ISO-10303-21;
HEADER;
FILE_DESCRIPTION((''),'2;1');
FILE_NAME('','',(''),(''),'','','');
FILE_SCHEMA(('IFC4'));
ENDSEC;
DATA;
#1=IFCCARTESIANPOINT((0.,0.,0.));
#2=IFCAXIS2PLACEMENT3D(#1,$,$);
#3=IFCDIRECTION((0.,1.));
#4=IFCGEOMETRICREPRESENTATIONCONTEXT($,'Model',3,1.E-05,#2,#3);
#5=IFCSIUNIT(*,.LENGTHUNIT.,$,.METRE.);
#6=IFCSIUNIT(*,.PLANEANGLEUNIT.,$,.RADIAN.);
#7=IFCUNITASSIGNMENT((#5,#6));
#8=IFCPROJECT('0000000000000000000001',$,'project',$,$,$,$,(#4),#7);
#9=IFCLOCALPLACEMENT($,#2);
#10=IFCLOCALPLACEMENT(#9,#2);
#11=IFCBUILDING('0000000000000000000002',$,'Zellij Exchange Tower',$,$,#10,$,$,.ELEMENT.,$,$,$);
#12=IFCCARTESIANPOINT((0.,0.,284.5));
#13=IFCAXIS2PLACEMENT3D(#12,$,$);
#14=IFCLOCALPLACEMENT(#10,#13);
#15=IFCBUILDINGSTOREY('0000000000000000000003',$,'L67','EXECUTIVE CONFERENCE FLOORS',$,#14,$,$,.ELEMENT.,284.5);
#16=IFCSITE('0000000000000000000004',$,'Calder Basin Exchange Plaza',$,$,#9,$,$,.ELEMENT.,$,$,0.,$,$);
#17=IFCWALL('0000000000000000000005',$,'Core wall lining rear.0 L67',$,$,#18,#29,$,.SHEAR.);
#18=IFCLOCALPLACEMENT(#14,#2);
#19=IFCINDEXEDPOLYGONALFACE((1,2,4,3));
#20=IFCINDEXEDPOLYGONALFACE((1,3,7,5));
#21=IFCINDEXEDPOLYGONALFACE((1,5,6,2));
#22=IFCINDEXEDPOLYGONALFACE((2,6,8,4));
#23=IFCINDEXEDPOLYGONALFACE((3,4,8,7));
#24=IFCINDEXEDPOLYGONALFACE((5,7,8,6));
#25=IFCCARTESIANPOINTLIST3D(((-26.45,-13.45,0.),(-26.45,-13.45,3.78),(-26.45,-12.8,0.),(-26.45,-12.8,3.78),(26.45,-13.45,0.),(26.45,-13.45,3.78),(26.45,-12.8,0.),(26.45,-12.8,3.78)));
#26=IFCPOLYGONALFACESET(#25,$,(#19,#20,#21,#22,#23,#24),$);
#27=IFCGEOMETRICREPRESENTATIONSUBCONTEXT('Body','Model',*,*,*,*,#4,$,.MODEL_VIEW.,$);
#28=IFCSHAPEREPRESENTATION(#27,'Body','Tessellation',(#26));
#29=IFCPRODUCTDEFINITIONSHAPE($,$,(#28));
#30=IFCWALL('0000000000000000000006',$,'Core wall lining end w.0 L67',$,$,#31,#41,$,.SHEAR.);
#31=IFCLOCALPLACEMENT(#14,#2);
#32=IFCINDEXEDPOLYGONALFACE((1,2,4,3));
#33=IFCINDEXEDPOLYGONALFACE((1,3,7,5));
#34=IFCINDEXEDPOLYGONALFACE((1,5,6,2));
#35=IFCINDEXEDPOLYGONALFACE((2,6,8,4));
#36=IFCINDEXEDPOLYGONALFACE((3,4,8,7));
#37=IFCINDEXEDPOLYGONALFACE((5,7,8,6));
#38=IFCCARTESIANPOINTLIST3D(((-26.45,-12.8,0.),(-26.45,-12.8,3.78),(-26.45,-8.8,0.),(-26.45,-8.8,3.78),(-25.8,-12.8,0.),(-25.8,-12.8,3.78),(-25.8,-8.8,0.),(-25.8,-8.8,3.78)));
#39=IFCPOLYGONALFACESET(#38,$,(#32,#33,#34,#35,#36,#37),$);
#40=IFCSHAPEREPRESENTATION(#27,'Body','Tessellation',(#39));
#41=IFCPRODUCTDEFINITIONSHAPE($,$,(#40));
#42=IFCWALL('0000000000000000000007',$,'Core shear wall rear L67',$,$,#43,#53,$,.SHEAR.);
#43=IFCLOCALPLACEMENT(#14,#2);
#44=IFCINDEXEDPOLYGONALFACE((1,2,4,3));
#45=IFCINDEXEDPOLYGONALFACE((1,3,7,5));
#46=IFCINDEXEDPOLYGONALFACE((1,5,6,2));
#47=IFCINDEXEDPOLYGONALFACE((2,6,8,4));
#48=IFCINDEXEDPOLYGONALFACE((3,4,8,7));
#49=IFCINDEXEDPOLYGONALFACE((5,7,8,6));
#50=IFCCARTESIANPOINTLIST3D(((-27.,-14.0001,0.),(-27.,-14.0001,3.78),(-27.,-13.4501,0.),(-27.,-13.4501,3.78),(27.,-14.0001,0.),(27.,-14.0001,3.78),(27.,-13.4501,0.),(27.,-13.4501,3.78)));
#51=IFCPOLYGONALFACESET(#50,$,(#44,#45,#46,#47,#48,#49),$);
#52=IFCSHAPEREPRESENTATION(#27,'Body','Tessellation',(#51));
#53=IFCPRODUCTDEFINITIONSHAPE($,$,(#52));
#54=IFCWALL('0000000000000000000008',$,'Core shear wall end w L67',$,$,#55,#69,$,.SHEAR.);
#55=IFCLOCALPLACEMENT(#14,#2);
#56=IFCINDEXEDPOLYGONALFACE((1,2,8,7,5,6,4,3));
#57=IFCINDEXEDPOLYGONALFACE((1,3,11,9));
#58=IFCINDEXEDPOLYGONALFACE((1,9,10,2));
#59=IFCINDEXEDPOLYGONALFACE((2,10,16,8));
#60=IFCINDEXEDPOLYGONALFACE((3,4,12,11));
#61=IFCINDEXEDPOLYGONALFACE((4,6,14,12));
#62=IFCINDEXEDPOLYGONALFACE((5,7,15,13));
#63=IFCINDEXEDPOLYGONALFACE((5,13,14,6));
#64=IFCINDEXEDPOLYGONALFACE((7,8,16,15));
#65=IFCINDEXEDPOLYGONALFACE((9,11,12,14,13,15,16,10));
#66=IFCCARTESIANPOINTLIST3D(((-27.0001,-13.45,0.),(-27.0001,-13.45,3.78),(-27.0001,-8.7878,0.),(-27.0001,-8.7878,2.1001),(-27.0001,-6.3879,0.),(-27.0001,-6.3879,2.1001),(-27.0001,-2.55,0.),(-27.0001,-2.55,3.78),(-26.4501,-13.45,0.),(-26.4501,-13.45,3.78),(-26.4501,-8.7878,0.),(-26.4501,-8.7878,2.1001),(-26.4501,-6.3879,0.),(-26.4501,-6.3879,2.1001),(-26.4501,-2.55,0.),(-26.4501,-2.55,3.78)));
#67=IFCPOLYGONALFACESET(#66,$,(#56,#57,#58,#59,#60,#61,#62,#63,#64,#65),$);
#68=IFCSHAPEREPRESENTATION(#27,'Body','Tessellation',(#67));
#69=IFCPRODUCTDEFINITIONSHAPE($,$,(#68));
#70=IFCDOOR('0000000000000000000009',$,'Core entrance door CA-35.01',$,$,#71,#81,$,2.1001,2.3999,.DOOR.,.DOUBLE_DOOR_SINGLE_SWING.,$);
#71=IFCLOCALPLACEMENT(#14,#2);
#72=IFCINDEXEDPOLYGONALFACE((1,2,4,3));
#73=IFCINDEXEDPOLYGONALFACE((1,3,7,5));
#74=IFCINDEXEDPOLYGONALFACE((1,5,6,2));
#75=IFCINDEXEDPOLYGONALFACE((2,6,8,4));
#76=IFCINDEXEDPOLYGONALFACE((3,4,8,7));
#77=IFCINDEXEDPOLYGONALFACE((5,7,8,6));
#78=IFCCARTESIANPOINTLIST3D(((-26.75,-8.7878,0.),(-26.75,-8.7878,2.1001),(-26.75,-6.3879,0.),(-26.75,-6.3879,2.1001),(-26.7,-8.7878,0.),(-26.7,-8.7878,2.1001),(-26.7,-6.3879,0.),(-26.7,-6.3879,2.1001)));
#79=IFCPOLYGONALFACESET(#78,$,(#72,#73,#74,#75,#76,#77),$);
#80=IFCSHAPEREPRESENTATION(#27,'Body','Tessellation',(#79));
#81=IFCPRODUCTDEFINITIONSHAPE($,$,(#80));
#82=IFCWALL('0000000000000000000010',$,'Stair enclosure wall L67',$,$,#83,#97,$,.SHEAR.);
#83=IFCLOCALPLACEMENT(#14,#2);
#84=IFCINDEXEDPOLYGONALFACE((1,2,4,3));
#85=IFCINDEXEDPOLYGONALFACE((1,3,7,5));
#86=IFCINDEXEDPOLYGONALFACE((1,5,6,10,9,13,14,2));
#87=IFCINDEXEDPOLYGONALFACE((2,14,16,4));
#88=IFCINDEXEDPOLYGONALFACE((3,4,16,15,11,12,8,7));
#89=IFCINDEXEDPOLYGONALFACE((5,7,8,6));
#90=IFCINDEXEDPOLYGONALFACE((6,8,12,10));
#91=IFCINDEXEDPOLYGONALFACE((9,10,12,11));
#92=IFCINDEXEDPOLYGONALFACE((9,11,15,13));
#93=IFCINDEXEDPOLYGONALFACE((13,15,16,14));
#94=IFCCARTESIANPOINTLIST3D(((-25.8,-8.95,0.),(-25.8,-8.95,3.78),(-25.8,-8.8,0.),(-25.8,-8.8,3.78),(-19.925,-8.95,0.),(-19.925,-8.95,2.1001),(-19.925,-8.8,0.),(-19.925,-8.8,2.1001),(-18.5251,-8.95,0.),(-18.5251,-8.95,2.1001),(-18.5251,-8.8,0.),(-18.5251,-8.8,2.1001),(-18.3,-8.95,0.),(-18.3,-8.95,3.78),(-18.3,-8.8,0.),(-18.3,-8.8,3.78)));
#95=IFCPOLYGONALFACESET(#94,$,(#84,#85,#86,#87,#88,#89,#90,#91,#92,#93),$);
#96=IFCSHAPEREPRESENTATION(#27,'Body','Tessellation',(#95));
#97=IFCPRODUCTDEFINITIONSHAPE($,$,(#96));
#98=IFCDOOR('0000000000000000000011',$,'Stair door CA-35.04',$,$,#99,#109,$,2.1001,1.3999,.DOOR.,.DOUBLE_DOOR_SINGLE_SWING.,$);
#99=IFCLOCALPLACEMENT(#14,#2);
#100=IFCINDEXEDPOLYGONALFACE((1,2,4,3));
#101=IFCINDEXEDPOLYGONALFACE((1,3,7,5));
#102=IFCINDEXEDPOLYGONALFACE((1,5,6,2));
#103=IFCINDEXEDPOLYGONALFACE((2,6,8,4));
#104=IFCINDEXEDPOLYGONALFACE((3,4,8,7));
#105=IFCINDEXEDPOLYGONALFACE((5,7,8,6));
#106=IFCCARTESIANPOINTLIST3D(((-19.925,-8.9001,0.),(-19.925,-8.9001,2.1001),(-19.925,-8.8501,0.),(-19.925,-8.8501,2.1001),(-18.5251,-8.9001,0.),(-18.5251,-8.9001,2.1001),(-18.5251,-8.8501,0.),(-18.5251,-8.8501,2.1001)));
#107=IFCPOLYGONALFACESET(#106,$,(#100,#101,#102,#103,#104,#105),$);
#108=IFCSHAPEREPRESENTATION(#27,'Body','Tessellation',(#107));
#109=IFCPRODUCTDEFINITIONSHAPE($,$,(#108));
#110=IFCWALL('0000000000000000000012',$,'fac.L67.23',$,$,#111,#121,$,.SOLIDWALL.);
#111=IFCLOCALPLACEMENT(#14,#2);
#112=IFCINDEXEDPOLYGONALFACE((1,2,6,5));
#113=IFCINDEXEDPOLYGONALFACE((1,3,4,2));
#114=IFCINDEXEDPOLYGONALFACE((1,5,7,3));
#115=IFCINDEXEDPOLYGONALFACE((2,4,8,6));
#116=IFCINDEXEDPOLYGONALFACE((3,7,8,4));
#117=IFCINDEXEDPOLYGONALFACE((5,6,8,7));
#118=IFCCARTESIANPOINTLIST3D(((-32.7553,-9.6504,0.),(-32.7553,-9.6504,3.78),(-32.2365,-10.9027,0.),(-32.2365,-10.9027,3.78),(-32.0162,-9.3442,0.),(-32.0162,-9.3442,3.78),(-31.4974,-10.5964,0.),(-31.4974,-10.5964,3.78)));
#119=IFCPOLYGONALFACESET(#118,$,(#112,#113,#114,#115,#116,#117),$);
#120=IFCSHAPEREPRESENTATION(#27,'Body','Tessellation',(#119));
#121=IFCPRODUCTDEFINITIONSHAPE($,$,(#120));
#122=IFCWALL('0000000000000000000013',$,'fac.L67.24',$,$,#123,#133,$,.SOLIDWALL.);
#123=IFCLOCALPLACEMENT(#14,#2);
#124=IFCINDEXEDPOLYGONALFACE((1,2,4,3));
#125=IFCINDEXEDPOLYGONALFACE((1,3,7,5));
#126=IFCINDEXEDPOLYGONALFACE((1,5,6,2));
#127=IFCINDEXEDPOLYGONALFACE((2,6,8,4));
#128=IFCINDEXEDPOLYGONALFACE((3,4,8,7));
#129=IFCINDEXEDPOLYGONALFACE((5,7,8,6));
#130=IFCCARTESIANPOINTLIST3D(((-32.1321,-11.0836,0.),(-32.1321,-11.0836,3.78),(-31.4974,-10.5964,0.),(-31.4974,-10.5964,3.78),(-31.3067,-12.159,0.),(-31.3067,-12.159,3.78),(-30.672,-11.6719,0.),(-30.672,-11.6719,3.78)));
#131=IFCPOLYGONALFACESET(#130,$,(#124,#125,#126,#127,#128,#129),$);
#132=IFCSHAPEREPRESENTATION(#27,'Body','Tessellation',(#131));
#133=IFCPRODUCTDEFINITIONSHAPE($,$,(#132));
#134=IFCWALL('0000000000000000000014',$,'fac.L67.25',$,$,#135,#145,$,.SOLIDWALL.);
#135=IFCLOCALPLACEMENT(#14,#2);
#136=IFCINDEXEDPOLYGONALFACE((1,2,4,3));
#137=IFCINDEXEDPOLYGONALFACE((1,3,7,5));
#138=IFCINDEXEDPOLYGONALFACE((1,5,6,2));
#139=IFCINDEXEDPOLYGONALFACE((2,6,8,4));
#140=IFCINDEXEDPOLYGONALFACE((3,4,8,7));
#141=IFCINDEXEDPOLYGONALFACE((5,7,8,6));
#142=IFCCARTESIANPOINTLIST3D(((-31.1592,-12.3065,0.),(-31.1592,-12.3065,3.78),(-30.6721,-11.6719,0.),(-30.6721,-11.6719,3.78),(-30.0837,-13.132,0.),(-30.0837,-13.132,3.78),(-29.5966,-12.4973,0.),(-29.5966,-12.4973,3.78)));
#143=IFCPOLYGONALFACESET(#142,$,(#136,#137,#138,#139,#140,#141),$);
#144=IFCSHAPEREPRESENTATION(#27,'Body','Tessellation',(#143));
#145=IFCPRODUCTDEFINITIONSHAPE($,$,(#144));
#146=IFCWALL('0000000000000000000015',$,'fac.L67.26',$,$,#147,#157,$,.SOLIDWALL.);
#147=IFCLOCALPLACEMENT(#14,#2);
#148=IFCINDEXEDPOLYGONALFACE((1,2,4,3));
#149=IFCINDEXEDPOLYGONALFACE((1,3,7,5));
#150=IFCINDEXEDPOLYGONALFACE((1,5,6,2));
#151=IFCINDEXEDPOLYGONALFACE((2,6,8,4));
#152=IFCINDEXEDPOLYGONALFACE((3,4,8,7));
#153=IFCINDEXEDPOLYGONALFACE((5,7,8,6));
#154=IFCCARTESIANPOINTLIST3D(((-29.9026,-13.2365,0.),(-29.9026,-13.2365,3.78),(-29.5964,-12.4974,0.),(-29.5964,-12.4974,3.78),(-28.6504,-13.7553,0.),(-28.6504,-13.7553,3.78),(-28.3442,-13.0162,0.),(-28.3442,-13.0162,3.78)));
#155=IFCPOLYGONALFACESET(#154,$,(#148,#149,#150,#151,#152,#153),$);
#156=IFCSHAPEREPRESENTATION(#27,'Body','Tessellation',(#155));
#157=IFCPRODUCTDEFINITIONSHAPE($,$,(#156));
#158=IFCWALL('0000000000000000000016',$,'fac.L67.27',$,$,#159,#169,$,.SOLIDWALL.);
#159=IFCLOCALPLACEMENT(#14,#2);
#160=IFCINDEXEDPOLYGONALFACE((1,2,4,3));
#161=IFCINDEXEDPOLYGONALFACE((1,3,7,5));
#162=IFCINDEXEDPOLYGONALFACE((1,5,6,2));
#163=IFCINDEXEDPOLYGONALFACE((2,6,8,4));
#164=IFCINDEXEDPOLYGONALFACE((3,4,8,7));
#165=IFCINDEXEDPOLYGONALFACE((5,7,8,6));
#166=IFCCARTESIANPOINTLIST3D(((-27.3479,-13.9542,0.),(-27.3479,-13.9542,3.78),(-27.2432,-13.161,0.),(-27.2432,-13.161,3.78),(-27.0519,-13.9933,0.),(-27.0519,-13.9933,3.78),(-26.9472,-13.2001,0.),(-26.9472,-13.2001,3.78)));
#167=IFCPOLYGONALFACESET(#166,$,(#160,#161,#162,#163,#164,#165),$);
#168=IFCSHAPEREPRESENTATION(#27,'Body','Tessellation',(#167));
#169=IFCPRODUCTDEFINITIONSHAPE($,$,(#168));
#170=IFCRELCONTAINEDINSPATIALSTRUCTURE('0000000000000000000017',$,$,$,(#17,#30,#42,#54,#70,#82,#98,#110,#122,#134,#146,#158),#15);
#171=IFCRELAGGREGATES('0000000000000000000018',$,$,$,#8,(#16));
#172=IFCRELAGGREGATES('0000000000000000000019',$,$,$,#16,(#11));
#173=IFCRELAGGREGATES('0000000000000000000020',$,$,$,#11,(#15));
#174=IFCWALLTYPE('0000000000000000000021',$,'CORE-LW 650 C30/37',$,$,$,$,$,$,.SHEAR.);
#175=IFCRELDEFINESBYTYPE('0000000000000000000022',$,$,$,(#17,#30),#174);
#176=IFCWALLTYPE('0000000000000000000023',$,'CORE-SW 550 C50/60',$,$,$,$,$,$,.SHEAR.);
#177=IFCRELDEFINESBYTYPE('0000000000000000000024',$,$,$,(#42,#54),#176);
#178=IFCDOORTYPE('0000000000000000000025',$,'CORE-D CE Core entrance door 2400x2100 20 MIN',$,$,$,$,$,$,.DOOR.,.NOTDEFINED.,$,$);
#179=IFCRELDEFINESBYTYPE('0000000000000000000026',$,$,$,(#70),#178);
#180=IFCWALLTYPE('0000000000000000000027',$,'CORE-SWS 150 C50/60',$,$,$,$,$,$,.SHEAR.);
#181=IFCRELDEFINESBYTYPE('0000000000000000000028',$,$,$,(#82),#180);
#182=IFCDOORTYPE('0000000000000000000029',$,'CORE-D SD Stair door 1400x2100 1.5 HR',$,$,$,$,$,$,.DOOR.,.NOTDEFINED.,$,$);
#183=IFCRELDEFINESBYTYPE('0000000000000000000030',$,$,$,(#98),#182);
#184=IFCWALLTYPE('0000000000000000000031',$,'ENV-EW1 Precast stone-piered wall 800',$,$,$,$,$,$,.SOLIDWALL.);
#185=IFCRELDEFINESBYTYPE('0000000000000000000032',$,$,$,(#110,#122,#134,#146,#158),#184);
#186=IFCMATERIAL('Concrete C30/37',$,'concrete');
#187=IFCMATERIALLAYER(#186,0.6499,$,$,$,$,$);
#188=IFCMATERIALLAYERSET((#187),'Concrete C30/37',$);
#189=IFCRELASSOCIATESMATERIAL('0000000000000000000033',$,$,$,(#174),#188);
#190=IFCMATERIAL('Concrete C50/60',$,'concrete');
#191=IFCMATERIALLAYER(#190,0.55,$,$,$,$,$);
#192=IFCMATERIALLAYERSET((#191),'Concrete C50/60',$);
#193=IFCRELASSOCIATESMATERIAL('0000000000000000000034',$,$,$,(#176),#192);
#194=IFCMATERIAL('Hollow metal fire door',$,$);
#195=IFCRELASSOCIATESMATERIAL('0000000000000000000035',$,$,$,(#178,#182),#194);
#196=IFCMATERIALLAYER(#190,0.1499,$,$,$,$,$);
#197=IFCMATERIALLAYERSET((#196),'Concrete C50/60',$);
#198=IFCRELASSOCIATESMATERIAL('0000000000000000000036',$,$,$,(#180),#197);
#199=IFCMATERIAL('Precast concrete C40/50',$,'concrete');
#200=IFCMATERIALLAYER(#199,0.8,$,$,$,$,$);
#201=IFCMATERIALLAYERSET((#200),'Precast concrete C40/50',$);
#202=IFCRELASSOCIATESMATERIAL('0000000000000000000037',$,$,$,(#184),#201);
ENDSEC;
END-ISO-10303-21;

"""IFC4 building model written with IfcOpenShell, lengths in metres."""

from ifc_helpers import new_model, si_unit, direction, frame, frame_2d, origin, place, context, subcontext, project, spatial, rectangle, extrude, material, layer, layer_set, type_object, element, fill, save


model = new_model("IFC4")

# Units and contexts
model_context = context("Model", 3, precision=1e-05, world=origin(), true_north=direction((0.0, 1.0)))
body_context = subcontext(model_context, "Body", "Model", "MODEL_VIEW")
ifc_project = project(units=[si_unit("LENGTHUNIT", "METRE"), si_unit("PLANEANGLEUNIT", "RADIAN")], contexts=[model_context])

# Site, building, storey
site_placement = place(None, origin())
site = spatial("IfcSite", under=ifc_project, at=site_placement, Name="Calder Basin Exchange Plaza", CompositionType="ELEMENT", RefElevation=0.0)
building_placement = place(site_placement, origin())
building = spatial("IfcBuilding", under=site, at=building_placement, Name="Zellij Exchange Tower", CompositionType="ELEMENT")
storey_placement = place(building_placement, frame((0.0, 0.0, 284.5)))
storey = spatial("IfcBuildingStorey", under=building, at=storey_placement, Name="L67", Description="EXECUTIVE CONFERENCE FLOORS", CompositionType="ELEMENT", Elevation=284.5)

# Shared definitions
ifc_material_1 = material(Name="Concrete C50/60", Category="concrete")

# Walls
ifc_material_2 = material(Name="Concrete C30/37", Category="concrete")
ifc_layer_1 = layer(ifc_material_2, 0.6499)
ifc_layer_set_1 = layer_set([ifc_layer_1], Name="Concrete C30/37")
wall_type_1 = type_object("IfcWallType", Name="CORE-LW 650 C30/37", PredefinedType="SHEAR", material=ifc_layer_set_1)
wall_1_placement = place(storey_placement, frame((-26.45, -13.125, 0.0), z_axis=(0.0, 0.0, 1.0), x_axis=(1.0, 0.0, 0.0)))
element("IfcWall", 1, at=wall_1_placement, inside=storey, type_object=wall_type_1, Name="Core wall lining rear.0 L67", PredefinedType="SHEAR", context=body_context, shape_type="SweptSolid", body=[
    extrude(rectangle(XDim=52.8999, YDim=0.6499, at=frame_2d((26.45, 0.0))), origin(), (0.0, 0.0, 1.0), 3.78),
])
wall_2_placement = place(storey_placement, frame((-26.125, -12.8, 0.0), z_axis=(0.0, 0.0, 1.0), x_axis=(0.0, 1.0, 0.0)))
element("IfcWall", 2, at=wall_2_placement, inside=storey, type_object=wall_type_1, Name="Core wall lining end w.0 L67", PredefinedType="SHEAR", context=body_context, shape_type="SweptSolid", body=[
    extrude(rectangle(XDim=4.0, YDim=0.6499, at=frame_2d((2.0, 0.0))), origin(), (0.0, 0.0, 1.0), 3.78),
])
ifc_layer_2 = layer(ifc_material_1, 0.55)
ifc_layer_set_2 = layer_set([ifc_layer_2], Name="Concrete C50/60")
wall_type_2 = type_object("IfcWallType", Name="CORE-SW 550 C50/60", PredefinedType="SHEAR", material=ifc_layer_set_2)
wall_3_placement = place(storey_placement, frame((-27.0, -13.7251, 0.0), z_axis=(0.0, 0.0, 1.0), x_axis=(1.0, 0.0, 0.0)))
element("IfcWall", 3, at=wall_3_placement, inside=storey, type_object=wall_type_2, Name="Core shear wall rear L67", PredefinedType="SHEAR", context=body_context, shape_type="SweptSolid", body=[
    extrude(rectangle(XDim=54.0, YDim=0.55, at=frame_2d((27.0, 0.0))), origin(), (0.0, 0.0, 1.0), 3.78),
])

# Walls, openings, doors
wall_4_placement = place(storey_placement, frame((-26.7251, -13.45, 0.0), z_axis=(0.0, 0.0, 1.0), x_axis=(0.0, 1.0, 0.0)))
wall_4 = element("IfcWall", 4, at=wall_4_placement, inside=storey, type_object=wall_type_2, Name="Core shear wall end w L67", PredefinedType="SHEAR", context=body_context, shape_type="SweptSolid", body=[
    extrude(rectangle(XDim=10.8999, YDim=0.55, at=frame_2d((5.45, 0.0))), origin(), (0.0, 0.0, 1.0), 3.78),
])
opening_1_placement = place(wall_4_placement, frame((4.6621, 0.0, 0.0)))
opening_1 = element("IfcOpeningElement", 5, at=opening_1_placement, cuts=wall_4, PredefinedType="OPENING", context=body_context, shape_type="SweptSolid", body=[
    extrude(rectangle(XDim=2.3999, YDim=2.1001, at=frame_2d((1.2, 1.05))), frame((0.0, 0.2871, 0.0), z_axis=(0.0, -1.0, 0.0), x_axis=(1.0, 0.0, 0.0)), (0.0, 0.0, 1.0), 0.574),
])
ifc_material_3 = material(Name="Hollow metal fire door")
door_type_1 = type_object("IfcDoorType", Name="CORE-D CE Core entrance door 2400x2100 20 MIN", OperationType="NOTDEFINED", PredefinedType="DOOR", material=ifc_material_3)
door_1_placement = place(opening_1_placement, origin())
door_1 = element("IfcDoor", 6, at=door_1_placement, inside=storey, type_object=door_type_1, Name="Core entrance door CA-35.01", OperationType="DOUBLE_DOOR_SINGLE_SWING", OverallHeight=2.1001, OverallWidth=2.3999, PredefinedType="DOOR", context=body_context, shape_type="SweptSolid", body=[
    extrude(rectangle(XDim=2.3999, YDim=2.1001, at=frame_2d((1.2, 1.05))), frame((0.0, 0.0249, 0.0), z_axis=(0.0, -1.0, 0.0), x_axis=(1.0, 0.0, 0.0)), (0.0, 0.0, 1.0), 0.05),
])
fill(opening_1, door_1)
ifc_layer_3 = layer(ifc_material_1, 0.1499)
ifc_layer_set_3 = layer_set([ifc_layer_3], Name="Concrete C50/60")
wall_type_3 = type_object("IfcWallType", Name="CORE-SWS 150 C50/60", PredefinedType="SHEAR", material=ifc_layer_set_3)
wall_5_placement = place(storey_placement, frame((-25.8, -8.875, 0.0), z_axis=(0.0, 0.0, 1.0), x_axis=(1.0, 0.0, 0.0)))
wall_5 = element("IfcWall", 7, at=wall_5_placement, inside=storey, type_object=wall_type_3, Name="Stair enclosure wall L67", PredefinedType="SHEAR", context=body_context, shape_type="SweptSolid", body=[
    extrude(rectangle(XDim=7.5, YDim=0.1499, at=frame_2d((3.75, 0.0))), origin(), (0.0, 0.0, 1.0), 3.78),
])
opening_2_placement = place(wall_5_placement, frame((5.875, 0.0, 0.0)))
opening_2 = element("IfcOpeningElement", 8, at=opening_2_placement, cuts=wall_5, PredefinedType="OPENING", context=body_context, shape_type="SweptSolid", body=[
    extrude(rectangle(XDim=1.3999, YDim=2.1001, at=frame_2d((0.7, 1.05))), frame((0.0, 0.0869, 0.0), z_axis=(0.0, -1.0, 0.0), x_axis=(1.0, 0.0, 0.0)), (0.0, 0.0, 1.0), 0.1738),
])
door_type_2 = type_object("IfcDoorType", Name="CORE-D SD Stair door 1400x2100 1.5 HR", OperationType="NOTDEFINED", PredefinedType="DOOR", material=ifc_material_3)
door_2_placement = place(opening_2_placement, origin())
door_2 = element("IfcDoor", 9, at=door_2_placement, inside=storey, type_object=door_type_2, Name="Stair door CA-35.04", OperationType="DOUBLE_DOOR_SINGLE_SWING", OverallHeight=2.1001, OverallWidth=1.3999, PredefinedType="DOOR", context=body_context, shape_type="SweptSolid", body=[
    extrude(rectangle(XDim=1.3999, YDim=2.1001, at=frame_2d((0.7, 1.05))), frame((0.0, 0.0249, 0.0), z_axis=(0.0, -1.0, 0.0), x_axis=(1.0, 0.0, 0.0)), (0.0, 0.0, 1.0), 0.05),
])
fill(opening_2, door_2)

# Walls
ifc_material_4 = material(Name="Precast concrete C40/50", Category="concrete")
ifc_layer_4 = layer(ifc_material_4, 0.8)
ifc_layer_set_4 = layer_set([ifc_layer_4], Name="Precast concrete C40/50")
wall_type_4 = type_object("IfcWallType", Name="ENV-EW1 Precast stone-piered wall 800", PredefinedType="SOLIDWALL", material=ifc_layer_set_4)
wall_6_placement = place(storey_placement, frame((-32.3857, -9.4973, 0.0), z_axis=(0.0, 0.0, 1.0), x_axis=(0.38276, -0.923848, 0.0)))
element("IfcWall", 10, at=wall_6_placement, inside=storey, type_object=wall_type_4, Name="fac.L67.23", PredefinedType="SOLIDWALL", context=body_context, shape_type="SweptSolid", body=[
    extrude(rectangle(XDim=1.3555, YDim=0.8, at=frame_2d((0.6777, 0.0))), origin(), (0.0, 0.0, 1.0), 3.78),
])
for number, where, z_axis, x_axis, name in (
    (11, (-31.8147, -10.8401, 0.0), (0.0, 0.0, 1.0), (0.608866, -0.793273, 0.0), "fac.L67.24"),
    (12, (-30.9155, -11.9893, 0.0), (0.0, 0.0, 1.0), (0.793273, -0.608866, 0.0), "fac.L67.25"),
):
    element("IfcWall", number, at=place(storey_placement, frame(where, z_axis=z_axis, x_axis=x_axis)), inside=storey, type_object=wall_type_4, Name=name, PredefinedType="SOLIDWALL", context=body_context, shape_type="SweptSolid", body=[
        extrude(rectangle(XDim=1.3557, YDim=0.8, at=frame_2d((0.6777, 0.0))), origin(), (0.0, 0.0, 1.0), 3.78),
    ])
wall_7_placement = place(storey_placement, frame((-29.7495, -12.8669, 0.0), z_axis=(0.0, 0.0, 1.0), x_axis=(0.923848, -0.38276, 0.0)))
element("IfcWall", 13, at=wall_7_placement, inside=storey, type_object=wall_type_4, Name="fac.L67.26", PredefinedType="SOLIDWALL", context=body_context, shape_type="SweptSolid", body=[
    extrude(rectangle(XDim=1.3555, YDim=0.8, at=frame_2d((0.6777, 0.0))), origin(), (0.0, 0.0, 1.0), 3.78),
])
wall_8_placement = place(storey_placement, frame((-27.2957, -13.5576, 0.0), z_axis=(0.0, 0.0, 1.0), x_axis=(0.991399, -0.130878, 0.0)))
element("IfcWall", 14, at=wall_8_placement, inside=storey, type_object=wall_type_4, Name="fac.L67.27", PredefinedType="SOLIDWALL", context=body_context, shape_type="SweptSolid", body=[
    extrude(rectangle(XDim=0.2986, YDim=0.8, at=frame_2d((0.1494, 0.0))), origin(), (0.0, 0.0, 1.0), 3.78),
])

save(model, "model.ifc")
